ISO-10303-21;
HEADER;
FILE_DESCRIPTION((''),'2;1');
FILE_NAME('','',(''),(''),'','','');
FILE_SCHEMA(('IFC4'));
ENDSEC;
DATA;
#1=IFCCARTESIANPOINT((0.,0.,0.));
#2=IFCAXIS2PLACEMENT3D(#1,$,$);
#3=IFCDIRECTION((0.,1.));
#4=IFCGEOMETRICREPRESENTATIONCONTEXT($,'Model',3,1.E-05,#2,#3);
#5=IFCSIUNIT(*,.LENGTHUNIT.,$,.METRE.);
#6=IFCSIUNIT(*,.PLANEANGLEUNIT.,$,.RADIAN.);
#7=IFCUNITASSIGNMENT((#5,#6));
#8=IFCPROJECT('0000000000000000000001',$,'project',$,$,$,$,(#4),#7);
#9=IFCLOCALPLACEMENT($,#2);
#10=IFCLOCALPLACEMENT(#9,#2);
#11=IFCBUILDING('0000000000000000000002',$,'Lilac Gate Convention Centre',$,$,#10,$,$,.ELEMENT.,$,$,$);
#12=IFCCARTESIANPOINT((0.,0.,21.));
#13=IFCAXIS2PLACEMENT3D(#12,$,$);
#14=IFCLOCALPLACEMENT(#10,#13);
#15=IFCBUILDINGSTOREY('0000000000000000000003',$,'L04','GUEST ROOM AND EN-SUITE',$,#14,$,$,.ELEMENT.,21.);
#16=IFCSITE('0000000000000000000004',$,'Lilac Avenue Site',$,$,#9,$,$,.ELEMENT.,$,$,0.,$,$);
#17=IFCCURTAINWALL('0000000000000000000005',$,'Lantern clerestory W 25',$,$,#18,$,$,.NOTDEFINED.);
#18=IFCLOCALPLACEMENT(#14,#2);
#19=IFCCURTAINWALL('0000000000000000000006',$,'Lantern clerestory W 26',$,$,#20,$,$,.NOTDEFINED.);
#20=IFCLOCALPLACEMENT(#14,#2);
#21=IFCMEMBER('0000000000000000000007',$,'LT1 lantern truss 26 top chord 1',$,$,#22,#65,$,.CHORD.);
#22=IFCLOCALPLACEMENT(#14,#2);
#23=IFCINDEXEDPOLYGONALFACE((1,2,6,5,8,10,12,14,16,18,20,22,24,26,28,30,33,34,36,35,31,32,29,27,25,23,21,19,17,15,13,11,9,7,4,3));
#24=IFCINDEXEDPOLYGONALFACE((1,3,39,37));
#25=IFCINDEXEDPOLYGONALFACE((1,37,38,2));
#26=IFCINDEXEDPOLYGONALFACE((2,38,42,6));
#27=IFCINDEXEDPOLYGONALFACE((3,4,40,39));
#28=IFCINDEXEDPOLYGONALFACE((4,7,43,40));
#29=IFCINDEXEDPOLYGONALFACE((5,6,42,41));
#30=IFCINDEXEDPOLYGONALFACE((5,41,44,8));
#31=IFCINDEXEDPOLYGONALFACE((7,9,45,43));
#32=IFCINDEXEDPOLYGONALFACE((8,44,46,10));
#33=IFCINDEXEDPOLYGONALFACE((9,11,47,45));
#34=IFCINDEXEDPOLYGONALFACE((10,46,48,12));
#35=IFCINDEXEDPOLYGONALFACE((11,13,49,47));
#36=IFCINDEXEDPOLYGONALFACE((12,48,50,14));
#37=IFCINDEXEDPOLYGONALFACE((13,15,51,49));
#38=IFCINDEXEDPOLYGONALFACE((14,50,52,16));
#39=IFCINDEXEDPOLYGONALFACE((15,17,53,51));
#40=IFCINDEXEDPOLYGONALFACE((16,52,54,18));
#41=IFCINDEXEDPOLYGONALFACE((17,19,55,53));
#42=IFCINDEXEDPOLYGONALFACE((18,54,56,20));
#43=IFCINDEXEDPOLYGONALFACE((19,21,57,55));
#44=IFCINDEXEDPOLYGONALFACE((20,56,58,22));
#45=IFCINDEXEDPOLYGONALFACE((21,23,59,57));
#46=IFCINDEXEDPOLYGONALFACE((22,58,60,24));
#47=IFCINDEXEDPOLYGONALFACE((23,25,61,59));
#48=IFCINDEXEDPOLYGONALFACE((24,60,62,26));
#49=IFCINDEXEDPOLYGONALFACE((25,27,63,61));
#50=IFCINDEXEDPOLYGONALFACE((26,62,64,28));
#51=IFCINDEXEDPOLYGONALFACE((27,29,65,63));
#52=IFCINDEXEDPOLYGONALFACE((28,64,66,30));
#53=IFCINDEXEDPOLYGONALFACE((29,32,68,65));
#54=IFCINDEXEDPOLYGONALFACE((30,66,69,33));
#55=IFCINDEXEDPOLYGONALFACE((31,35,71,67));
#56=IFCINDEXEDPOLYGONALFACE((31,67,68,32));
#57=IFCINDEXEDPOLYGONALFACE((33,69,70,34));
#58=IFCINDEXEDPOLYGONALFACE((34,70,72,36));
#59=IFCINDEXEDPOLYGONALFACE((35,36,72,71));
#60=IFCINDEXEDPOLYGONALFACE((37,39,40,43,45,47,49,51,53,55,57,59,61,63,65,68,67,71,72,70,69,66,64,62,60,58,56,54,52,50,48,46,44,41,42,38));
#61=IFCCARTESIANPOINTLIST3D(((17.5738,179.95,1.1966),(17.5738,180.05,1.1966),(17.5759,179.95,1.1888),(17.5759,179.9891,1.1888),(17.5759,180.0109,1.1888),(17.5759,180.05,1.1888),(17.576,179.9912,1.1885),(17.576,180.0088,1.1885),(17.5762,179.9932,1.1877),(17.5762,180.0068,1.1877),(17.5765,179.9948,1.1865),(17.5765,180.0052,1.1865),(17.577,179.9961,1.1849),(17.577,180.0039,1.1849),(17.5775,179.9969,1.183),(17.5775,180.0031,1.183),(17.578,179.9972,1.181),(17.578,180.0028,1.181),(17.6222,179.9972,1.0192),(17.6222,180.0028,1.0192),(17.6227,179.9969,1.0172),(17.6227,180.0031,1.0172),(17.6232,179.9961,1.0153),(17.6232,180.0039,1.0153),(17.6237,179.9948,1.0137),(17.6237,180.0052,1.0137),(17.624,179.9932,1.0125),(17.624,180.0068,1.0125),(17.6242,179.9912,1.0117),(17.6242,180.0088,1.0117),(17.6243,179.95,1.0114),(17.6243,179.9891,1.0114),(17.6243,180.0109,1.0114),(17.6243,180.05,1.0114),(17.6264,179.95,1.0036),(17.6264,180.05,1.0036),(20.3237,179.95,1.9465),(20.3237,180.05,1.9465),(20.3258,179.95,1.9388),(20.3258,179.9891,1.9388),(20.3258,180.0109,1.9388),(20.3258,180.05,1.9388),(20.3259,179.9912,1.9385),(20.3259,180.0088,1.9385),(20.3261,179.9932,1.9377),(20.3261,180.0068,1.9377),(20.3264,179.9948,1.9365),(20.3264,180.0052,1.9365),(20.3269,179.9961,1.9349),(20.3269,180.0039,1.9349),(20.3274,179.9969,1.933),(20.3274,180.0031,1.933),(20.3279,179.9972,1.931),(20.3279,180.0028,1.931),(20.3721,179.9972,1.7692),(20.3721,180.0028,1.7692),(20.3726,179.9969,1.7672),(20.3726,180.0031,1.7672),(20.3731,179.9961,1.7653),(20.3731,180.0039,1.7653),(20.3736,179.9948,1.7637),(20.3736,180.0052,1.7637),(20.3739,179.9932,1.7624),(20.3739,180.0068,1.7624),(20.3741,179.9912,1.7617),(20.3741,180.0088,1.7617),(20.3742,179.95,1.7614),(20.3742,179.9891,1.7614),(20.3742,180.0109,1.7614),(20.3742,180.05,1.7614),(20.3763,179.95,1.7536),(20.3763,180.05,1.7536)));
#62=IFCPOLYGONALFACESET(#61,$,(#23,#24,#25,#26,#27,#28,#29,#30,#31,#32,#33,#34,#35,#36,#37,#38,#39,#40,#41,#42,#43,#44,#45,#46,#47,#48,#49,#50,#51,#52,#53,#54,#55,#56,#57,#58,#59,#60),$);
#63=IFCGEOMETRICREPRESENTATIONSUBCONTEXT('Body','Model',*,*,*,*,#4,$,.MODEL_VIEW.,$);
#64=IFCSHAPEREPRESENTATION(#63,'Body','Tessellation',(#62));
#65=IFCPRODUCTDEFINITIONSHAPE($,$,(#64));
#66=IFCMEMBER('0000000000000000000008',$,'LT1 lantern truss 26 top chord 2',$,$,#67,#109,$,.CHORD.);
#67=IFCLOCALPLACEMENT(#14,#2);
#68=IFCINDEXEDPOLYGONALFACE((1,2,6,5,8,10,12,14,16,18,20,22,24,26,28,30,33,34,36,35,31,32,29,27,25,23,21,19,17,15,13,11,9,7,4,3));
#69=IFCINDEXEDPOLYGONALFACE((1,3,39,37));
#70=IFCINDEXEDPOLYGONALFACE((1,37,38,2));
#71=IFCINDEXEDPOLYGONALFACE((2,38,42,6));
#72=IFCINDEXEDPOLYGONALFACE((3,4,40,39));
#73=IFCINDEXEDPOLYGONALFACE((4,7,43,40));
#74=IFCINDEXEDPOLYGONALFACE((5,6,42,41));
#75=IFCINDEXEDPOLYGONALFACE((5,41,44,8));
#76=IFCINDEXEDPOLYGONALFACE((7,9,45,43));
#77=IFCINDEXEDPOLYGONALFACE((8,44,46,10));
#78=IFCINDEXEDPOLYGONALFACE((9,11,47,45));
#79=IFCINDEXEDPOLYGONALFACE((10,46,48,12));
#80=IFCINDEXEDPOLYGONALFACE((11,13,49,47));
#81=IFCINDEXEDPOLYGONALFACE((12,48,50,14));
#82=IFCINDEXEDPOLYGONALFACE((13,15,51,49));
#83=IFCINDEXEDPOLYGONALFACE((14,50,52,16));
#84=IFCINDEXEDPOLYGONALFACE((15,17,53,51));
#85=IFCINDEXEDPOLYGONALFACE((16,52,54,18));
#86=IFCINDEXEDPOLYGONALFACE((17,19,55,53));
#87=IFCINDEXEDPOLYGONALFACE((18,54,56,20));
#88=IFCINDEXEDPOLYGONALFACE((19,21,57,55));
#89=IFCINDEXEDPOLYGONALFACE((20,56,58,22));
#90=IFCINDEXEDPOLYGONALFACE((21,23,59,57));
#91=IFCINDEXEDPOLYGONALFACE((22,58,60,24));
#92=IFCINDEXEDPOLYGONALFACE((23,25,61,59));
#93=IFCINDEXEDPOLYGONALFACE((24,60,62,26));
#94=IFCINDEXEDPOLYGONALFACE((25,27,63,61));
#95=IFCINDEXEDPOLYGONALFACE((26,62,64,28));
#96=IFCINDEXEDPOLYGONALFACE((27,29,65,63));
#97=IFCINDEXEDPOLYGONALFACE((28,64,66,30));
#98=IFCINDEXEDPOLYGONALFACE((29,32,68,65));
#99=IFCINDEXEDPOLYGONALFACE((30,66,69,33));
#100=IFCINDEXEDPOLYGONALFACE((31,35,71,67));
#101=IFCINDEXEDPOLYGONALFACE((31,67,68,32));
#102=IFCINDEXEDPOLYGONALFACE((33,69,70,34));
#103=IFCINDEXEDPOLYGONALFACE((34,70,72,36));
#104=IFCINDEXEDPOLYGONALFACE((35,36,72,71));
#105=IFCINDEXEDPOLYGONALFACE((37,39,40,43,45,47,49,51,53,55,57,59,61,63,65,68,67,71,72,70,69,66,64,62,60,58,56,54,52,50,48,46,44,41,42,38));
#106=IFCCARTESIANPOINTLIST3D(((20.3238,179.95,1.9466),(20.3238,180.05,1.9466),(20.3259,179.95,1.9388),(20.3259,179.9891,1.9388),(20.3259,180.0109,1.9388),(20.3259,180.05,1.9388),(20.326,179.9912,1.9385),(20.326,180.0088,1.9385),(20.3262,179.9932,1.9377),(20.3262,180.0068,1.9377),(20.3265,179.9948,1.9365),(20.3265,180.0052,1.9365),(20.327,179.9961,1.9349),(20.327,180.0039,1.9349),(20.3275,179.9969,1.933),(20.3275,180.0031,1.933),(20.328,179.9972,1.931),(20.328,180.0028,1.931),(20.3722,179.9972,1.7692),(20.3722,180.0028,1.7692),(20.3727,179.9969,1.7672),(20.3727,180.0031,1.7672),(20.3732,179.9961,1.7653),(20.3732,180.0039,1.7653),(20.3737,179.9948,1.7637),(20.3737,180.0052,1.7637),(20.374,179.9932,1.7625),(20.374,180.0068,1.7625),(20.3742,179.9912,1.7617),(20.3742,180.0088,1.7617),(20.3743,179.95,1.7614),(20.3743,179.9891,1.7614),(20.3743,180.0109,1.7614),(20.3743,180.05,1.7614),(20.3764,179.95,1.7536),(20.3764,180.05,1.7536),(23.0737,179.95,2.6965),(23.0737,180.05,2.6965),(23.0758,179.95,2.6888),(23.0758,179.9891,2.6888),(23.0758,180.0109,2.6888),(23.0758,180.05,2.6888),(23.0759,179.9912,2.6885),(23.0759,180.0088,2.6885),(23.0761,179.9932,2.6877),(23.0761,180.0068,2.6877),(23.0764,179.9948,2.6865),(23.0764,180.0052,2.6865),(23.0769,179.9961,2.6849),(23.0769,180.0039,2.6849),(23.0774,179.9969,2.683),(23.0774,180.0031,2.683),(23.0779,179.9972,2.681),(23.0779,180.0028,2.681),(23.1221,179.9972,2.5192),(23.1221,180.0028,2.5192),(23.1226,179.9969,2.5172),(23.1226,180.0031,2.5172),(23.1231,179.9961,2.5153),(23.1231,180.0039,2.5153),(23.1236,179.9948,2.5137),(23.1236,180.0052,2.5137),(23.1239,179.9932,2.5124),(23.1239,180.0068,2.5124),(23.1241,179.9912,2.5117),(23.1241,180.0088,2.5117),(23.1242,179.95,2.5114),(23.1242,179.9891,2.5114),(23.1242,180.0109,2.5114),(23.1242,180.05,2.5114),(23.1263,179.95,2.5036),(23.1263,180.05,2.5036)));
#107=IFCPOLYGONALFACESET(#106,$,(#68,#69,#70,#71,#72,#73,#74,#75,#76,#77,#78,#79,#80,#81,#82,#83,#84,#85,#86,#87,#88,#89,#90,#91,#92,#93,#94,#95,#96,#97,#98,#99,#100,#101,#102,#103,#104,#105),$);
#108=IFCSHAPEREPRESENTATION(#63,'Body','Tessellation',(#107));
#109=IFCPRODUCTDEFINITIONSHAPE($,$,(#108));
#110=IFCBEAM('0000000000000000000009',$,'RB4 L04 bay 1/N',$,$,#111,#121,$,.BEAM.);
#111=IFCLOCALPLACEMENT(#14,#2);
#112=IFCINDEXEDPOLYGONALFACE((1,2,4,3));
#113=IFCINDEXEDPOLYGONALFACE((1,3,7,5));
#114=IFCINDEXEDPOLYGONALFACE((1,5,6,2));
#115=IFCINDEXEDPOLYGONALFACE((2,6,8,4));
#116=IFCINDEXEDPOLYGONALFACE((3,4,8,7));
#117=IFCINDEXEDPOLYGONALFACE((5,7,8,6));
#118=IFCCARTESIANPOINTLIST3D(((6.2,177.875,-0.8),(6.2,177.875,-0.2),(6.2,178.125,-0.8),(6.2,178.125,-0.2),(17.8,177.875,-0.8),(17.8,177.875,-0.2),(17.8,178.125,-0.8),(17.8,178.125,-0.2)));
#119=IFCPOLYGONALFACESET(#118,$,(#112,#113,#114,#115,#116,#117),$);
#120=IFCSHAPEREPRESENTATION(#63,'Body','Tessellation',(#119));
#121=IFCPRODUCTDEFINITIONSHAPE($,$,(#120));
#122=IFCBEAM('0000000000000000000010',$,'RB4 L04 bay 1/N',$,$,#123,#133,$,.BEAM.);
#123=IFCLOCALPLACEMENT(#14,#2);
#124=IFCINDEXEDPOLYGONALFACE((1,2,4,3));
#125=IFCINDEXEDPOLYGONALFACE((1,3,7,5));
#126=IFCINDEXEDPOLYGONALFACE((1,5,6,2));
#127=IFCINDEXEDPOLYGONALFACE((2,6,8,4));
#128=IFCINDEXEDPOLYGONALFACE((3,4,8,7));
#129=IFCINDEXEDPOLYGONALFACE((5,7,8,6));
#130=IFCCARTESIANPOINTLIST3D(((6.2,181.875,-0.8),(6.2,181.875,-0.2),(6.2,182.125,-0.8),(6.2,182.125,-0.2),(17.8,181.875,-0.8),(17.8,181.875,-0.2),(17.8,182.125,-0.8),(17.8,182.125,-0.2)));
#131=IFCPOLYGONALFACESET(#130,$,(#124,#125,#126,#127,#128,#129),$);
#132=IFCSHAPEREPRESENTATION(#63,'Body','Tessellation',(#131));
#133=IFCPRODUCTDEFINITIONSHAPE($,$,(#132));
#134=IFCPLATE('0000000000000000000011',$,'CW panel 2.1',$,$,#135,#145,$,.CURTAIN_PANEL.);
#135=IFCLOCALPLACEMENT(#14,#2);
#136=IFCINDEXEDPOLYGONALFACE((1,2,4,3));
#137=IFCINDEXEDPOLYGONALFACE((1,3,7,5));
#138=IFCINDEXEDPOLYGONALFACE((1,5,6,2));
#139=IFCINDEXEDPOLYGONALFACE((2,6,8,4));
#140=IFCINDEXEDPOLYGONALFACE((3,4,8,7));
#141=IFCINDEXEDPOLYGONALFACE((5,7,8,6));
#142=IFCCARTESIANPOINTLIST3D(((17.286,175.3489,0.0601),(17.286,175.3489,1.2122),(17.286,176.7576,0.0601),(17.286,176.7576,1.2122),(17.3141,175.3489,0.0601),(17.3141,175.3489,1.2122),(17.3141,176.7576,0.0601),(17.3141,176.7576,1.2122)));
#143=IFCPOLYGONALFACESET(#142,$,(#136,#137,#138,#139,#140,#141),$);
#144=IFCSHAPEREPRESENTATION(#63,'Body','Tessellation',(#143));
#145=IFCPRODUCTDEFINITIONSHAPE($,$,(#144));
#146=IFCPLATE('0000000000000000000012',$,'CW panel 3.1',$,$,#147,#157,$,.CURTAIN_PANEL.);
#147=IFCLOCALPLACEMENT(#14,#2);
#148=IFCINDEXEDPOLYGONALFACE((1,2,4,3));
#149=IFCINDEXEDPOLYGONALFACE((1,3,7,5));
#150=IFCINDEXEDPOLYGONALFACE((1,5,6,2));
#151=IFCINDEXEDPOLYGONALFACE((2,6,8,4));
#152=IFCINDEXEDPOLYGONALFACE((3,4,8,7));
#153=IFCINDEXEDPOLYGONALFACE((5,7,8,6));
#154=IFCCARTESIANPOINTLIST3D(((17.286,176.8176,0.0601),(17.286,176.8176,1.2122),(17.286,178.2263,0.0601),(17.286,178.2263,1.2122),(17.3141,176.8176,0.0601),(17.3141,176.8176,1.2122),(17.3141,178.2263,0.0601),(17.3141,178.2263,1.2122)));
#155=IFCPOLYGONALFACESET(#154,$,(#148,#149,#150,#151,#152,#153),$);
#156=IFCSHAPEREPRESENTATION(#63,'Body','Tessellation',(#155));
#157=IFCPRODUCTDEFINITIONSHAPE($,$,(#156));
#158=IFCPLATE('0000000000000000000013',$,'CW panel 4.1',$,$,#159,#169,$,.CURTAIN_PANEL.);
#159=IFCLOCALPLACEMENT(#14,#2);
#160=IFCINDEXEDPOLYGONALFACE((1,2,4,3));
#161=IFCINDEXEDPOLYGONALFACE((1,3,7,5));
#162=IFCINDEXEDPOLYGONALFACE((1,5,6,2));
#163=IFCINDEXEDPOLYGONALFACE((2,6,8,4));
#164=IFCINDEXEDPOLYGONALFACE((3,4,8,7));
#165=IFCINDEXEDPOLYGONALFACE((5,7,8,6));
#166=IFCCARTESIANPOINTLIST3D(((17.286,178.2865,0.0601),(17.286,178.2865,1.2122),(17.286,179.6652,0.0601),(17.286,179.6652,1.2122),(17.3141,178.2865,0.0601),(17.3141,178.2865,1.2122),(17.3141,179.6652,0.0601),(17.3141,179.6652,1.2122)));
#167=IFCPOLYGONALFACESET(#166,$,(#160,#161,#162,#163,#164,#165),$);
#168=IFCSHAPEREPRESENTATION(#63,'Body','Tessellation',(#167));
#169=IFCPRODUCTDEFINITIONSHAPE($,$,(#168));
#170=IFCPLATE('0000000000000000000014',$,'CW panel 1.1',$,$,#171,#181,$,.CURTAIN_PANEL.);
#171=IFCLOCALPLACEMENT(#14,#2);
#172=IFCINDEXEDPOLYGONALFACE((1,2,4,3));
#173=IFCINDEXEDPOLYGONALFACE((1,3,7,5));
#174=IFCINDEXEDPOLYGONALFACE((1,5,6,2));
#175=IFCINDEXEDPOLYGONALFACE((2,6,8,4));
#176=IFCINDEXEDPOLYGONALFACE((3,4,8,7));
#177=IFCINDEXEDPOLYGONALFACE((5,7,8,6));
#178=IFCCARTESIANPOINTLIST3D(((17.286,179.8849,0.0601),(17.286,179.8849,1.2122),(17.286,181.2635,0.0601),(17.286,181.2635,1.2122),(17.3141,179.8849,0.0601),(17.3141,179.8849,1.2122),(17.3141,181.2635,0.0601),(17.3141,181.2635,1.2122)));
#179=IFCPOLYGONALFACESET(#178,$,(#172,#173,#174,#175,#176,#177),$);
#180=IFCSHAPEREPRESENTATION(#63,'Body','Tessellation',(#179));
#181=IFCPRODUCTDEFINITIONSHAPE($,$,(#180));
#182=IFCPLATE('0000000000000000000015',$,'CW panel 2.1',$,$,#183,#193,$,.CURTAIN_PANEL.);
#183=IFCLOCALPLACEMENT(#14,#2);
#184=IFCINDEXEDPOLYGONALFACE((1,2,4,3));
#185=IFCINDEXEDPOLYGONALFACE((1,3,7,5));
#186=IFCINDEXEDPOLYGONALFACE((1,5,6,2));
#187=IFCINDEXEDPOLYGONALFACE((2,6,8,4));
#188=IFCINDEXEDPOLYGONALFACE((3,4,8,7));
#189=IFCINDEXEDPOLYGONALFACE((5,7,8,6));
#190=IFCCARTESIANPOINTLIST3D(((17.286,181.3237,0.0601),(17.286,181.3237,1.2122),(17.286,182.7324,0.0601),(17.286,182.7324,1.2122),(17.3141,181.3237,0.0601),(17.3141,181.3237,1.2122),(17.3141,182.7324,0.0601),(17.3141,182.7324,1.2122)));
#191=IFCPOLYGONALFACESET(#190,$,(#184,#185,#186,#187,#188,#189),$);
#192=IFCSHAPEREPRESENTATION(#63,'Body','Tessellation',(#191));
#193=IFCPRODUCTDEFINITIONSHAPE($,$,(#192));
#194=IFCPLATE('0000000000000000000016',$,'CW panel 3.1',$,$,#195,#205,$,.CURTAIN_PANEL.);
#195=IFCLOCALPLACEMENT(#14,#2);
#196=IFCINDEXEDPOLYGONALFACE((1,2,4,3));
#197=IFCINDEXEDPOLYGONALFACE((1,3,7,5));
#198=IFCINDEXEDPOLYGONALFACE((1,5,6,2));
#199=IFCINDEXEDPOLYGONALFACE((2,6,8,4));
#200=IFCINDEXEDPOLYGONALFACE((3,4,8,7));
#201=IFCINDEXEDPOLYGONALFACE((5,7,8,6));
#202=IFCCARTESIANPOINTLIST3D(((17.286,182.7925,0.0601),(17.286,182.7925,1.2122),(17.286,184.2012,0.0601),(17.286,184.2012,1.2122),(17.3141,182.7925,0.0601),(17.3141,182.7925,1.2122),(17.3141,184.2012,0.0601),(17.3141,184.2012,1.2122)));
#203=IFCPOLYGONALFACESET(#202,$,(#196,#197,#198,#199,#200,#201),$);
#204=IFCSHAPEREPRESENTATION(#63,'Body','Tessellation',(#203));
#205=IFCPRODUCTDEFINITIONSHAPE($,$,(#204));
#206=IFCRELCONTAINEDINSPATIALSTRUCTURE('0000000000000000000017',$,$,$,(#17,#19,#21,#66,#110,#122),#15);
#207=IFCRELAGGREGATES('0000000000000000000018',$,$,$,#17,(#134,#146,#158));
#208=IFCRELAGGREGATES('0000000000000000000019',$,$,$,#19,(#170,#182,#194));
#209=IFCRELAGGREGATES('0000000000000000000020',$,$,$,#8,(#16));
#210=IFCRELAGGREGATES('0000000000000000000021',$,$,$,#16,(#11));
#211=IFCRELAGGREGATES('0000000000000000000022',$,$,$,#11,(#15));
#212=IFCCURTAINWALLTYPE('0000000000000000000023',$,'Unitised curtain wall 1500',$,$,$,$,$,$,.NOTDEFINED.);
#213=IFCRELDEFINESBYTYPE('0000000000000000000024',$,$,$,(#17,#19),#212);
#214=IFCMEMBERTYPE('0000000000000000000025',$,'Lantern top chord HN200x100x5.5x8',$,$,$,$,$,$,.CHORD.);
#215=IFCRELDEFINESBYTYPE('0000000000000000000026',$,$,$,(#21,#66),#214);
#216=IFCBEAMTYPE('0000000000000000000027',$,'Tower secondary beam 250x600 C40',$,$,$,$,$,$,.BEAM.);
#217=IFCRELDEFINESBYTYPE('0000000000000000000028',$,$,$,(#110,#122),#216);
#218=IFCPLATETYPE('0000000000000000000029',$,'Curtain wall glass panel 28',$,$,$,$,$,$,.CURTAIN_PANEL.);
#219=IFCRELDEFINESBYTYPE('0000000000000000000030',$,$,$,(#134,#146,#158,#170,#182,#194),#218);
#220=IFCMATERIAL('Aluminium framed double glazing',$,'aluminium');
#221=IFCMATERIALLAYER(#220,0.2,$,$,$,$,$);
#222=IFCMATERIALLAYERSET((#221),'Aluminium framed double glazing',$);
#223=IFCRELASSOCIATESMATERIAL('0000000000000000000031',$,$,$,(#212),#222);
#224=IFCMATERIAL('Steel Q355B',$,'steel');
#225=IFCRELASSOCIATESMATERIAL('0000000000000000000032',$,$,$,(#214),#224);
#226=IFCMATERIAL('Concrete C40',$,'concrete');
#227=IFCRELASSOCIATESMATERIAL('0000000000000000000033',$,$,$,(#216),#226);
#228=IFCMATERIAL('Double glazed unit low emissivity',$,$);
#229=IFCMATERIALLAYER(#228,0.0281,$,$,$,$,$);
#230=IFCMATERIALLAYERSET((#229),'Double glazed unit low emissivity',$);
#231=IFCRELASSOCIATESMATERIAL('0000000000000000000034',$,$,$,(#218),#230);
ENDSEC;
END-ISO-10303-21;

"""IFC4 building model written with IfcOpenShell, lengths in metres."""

from ifc_helpers import new_model, si_unit, direction, frame, origin, origin_2d, place, context, subcontext, project, spatial, rectangle, i_section, extrude, material, layer, layer_set, material_profile, profile_set, type_object, element, aggregate, save


model = new_model("IFC4")

# Units and contexts
model_context = context("Model", 3, precision=1e-05, world=origin(), true_north=direction((0.0, 1.0)))
body_context = subcontext(model_context, "Body", "Model", "MODEL_VIEW")
ifc_project = project(units=[si_unit("LENGTHUNIT", "METRE"), si_unit("PLANEANGLEUNIT", "RADIAN")], contexts=[model_context])

# Site, building, storey
site_placement = place(None, origin())
site = spatial("IfcSite", under=ifc_project, at=site_placement, Name="Lilac Avenue Site", CompositionType="ELEMENT", RefElevation=0.0)
building_placement = place(site_placement, origin())
building = spatial("IfcBuilding", under=site, at=building_placement, Name="Lilac Gate Convention Centre", CompositionType="ELEMENT")
storey_placement = place(building_placement, frame((0.0, 0.0, 21.0)))
storey = spatial("IfcBuildingStorey", under=building, at=storey_placement, Name="L04", Description="GUEST ROOM AND EN-SUITE", CompositionType="ELEMENT", Elevation=21.0)

# Curtain walls
ifc_material_1 = material(Name="Aluminium framed double glazing", Category="aluminium")
ifc_layer_1 = layer(ifc_material_1, 0.2)
ifc_layer_set_1 = layer_set([ifc_layer_1], Name="Aluminium framed double glazing")
curtain_wall_type = type_object("IfcCurtainWallType", Name="Unitised curtain wall 1500", PredefinedType="NOTDEFINED", material=ifc_layer_set_1)
curtain_wall_1_placement = place(storey_placement, origin())
curtain_wall_1 = element("IfcCurtainWall", 1, at=curtain_wall_1_placement, inside=storey, type_object=curtain_wall_type, Name="Lantern clerestory W 25", PredefinedType="NOTDEFINED")
curtain_wall_2_placement = place(storey_placement, origin())
curtain_wall_2 = element("IfcCurtainWall", 2, at=curtain_wall_2_placement, inside=storey, type_object=curtain_wall_type, Name="Lantern clerestory W 26", PredefinedType="NOTDEFINED")

# Members
ifc_material_2 = material(Name="Steel Q355B", Category="steel")
ifc_material_profile_1 = material_profile(ifc_material_2, i_section(OverallWidth=0.1001, OverallDepth=0.2, WebThickness=0.0056, FlangeThickness=0.0081, FilletRadius=0.0081, at=origin_2d()), Name="HN200x100x5.5x8")
ifc_profile_set_1 = profile_set([ifc_material_profile_1], Name="Steel Q355B")
member_type_1 = type_object("IfcMemberType", Name="Lantern top chord HN200x100x5.5x8", PredefinedType="CHORD", material=ifc_profile_set_1)
for number, where, z_axis, x_axis, name in (
    (3, (17.6001, 180.0, 1.1001), (0.964764, 0.0, 0.263117), (0.0, 1.0, 0.0), "LT1 lantern truss 26 top chord 1"),
    (4, (20.3501, 180.0, 1.8501), (0.964764, 0.0, 0.263117), (0.0, 1.0, 0.0), "LT1 lantern truss 26 top chord 2"),
):
    element("IfcMember", number, at=place(storey_placement, frame(where, z_axis=z_axis, x_axis=x_axis)), inside=storey, type_object=member_type_1, Name=name, PredefinedType="CHORD", context=body_context, shape_type="SweptSolid", body=[
        extrude(i_section(OverallWidth=0.1001, OverallDepth=0.2, WebThickness=0.0056, FlangeThickness=0.0081, FilletRadius=0.0081, at=origin_2d()), origin(), (0.0, 0.0, 1.0), 2.8503),
    ])

# Beams
ifc_material_3 = material(Name="Concrete C40", Category="concrete")
ifc_material_profile_2 = material_profile(ifc_material_3, rectangle(XDim=0.25, YDim=0.6001, at=origin_2d()), Name="RC 250x600")
ifc_profile_set_2 = profile_set([ifc_material_profile_2], Name="Concrete C40")
beam_type = type_object("IfcBeamType", Name="Tower secondary beam 250x600 C40", PredefinedType="BEAM", material=ifc_profile_set_2)
for number, where, z_axis, x_axis, name in (
    (5, (6.2, 178.0, -0.5), (1.0, 0.0, 0.0), (0.0, 1.0, 0.0), "RB4 L04 bay 1/N"),
    (6, (6.2, 182.0, -0.5), (1.0, 0.0, 0.0), (0.0, 1.0, 0.0), "RB4 L04 bay 1/N"),
):
    element("IfcBeam", number, at=place(storey_placement, frame(where, z_axis=z_axis, x_axis=x_axis)), inside=storey, type_object=beam_type, Name=name, PredefinedType="BEAM", context=body_context, shape_type="SweptSolid", body=[
        extrude(rectangle(XDim=0.25, YDim=0.6001, at=origin_2d()), origin(), (0.0, 0.0, 1.0), 11.6001),
    ])

# Plates
ifc_material_4 = material(Name="Double glazed unit low emissivity")
ifc_layer_2 = layer(ifc_material_4, 0.0281)
ifc_layer_set_2 = layer_set([ifc_layer_2], Name="Double glazed unit low emissivity")
plate_type = type_object("IfcPlateType", Name="Curtain wall glass panel 28", PredefinedType="CURTAIN_PANEL", material=ifc_layer_set_2)
plate_1_placement = place(storey_placement, frame((17.3, 176.0532, 0.0601), z_axis=(0.0, 0.0, 1.0), x_axis=(0.0, 1.0, 0.0)))
plate_1 = element("IfcPlate", 7, at=plate_1_placement, type_object=plate_type, Name="CW panel 2.1", PredefinedType="CURTAIN_PANEL", context=body_context, shape_type="SweptSolid", body=[
    extrude(rectangle(XDim=1.4087, YDim=0.0281, at=origin_2d()), origin(), (0.0, 0.0, 1.0), 1.1521),
])
plate_2_placement = place(storey_placement, frame((17.3, 177.522, 0.0601), z_axis=(0.0, 0.0, 1.0), x_axis=(0.0, 1.0, 0.0)))
plate_2 = element("IfcPlate", 8, at=plate_2_placement, type_object=plate_type, Name="CW panel 3.1", PredefinedType="CURTAIN_PANEL", context=body_context, shape_type="SweptSolid", body=[
    extrude(rectangle(XDim=1.4087, YDim=0.0281, at=origin_2d()), origin(), (0.0, 0.0, 1.0), 1.1521),
])
plate_3_placement = place(storey_placement, frame((17.3, 178.9758, 0.0601), z_axis=(0.0, 0.0, 1.0), x_axis=(0.0, 1.0, 0.0)))
plate_3 = element("IfcPlate", 9, at=plate_3_placement, type_object=plate_type, Name="CW panel 4.1", PredefinedType="CURTAIN_PANEL", context=body_context, shape_type="SweptSolid", body=[
    extrude(rectangle(XDim=1.3787, YDim=0.0281, at=origin_2d()), origin(), (0.0, 0.0, 1.0), 1.1521),
])
aggregate(curtain_wall_1, [plate_1, plate_2, plate_3])
plate_4_placement = place(storey_placement, frame((17.3, 180.5742, 0.0601), z_axis=(0.0, 0.0, 1.0), x_axis=(0.0, 1.0, 0.0)))
plate_4 = element("IfcPlate", 10, at=plate_4_placement, type_object=plate_type, Name="CW panel 1.1", PredefinedType="CURTAIN_PANEL", context=body_context, shape_type="SweptSolid", body=[
    extrude(rectangle(XDim=1.3787, YDim=0.0281, at=origin_2d()), origin(), (0.0, 0.0, 1.0), 1.1521),
])
plate_5_placement = place(storey_placement, frame((17.3, 182.0281, 0.0601), z_axis=(0.0, 0.0, 1.0), x_axis=(0.0, 1.0, 0.0)))
plate_5 = element("IfcPlate", 11, at=plate_5_placement, type_object=plate_type, Name="CW panel 2.1", PredefinedType="CURTAIN_PANEL", context=body_context, shape_type="SweptSolid", body=[
    extrude(rectangle(XDim=1.4087, YDim=0.0281, at=origin_2d()), origin(), (0.0, 0.0, 1.0), 1.1521),
])
plate_6_placement = place(storey_placement, frame((17.3, 183.4968, 0.0601), z_axis=(0.0, 0.0, 1.0), x_axis=(0.0, 1.0, 0.0)))
plate_6 = element("IfcPlate", 12, at=plate_6_placement, type_object=plate_type, Name="CW panel 3.1", PredefinedType="CURTAIN_PANEL", context=body_context, shape_type="SweptSolid", body=[
    extrude(rectangle(XDim=1.4087, YDim=0.0281, at=origin_2d()), origin(), (0.0, 0.0, 1.0), 1.1521),
])
aggregate(curtain_wall_2, [plate_4, plate_5, plate_6])

save(model, "model.ifc")
